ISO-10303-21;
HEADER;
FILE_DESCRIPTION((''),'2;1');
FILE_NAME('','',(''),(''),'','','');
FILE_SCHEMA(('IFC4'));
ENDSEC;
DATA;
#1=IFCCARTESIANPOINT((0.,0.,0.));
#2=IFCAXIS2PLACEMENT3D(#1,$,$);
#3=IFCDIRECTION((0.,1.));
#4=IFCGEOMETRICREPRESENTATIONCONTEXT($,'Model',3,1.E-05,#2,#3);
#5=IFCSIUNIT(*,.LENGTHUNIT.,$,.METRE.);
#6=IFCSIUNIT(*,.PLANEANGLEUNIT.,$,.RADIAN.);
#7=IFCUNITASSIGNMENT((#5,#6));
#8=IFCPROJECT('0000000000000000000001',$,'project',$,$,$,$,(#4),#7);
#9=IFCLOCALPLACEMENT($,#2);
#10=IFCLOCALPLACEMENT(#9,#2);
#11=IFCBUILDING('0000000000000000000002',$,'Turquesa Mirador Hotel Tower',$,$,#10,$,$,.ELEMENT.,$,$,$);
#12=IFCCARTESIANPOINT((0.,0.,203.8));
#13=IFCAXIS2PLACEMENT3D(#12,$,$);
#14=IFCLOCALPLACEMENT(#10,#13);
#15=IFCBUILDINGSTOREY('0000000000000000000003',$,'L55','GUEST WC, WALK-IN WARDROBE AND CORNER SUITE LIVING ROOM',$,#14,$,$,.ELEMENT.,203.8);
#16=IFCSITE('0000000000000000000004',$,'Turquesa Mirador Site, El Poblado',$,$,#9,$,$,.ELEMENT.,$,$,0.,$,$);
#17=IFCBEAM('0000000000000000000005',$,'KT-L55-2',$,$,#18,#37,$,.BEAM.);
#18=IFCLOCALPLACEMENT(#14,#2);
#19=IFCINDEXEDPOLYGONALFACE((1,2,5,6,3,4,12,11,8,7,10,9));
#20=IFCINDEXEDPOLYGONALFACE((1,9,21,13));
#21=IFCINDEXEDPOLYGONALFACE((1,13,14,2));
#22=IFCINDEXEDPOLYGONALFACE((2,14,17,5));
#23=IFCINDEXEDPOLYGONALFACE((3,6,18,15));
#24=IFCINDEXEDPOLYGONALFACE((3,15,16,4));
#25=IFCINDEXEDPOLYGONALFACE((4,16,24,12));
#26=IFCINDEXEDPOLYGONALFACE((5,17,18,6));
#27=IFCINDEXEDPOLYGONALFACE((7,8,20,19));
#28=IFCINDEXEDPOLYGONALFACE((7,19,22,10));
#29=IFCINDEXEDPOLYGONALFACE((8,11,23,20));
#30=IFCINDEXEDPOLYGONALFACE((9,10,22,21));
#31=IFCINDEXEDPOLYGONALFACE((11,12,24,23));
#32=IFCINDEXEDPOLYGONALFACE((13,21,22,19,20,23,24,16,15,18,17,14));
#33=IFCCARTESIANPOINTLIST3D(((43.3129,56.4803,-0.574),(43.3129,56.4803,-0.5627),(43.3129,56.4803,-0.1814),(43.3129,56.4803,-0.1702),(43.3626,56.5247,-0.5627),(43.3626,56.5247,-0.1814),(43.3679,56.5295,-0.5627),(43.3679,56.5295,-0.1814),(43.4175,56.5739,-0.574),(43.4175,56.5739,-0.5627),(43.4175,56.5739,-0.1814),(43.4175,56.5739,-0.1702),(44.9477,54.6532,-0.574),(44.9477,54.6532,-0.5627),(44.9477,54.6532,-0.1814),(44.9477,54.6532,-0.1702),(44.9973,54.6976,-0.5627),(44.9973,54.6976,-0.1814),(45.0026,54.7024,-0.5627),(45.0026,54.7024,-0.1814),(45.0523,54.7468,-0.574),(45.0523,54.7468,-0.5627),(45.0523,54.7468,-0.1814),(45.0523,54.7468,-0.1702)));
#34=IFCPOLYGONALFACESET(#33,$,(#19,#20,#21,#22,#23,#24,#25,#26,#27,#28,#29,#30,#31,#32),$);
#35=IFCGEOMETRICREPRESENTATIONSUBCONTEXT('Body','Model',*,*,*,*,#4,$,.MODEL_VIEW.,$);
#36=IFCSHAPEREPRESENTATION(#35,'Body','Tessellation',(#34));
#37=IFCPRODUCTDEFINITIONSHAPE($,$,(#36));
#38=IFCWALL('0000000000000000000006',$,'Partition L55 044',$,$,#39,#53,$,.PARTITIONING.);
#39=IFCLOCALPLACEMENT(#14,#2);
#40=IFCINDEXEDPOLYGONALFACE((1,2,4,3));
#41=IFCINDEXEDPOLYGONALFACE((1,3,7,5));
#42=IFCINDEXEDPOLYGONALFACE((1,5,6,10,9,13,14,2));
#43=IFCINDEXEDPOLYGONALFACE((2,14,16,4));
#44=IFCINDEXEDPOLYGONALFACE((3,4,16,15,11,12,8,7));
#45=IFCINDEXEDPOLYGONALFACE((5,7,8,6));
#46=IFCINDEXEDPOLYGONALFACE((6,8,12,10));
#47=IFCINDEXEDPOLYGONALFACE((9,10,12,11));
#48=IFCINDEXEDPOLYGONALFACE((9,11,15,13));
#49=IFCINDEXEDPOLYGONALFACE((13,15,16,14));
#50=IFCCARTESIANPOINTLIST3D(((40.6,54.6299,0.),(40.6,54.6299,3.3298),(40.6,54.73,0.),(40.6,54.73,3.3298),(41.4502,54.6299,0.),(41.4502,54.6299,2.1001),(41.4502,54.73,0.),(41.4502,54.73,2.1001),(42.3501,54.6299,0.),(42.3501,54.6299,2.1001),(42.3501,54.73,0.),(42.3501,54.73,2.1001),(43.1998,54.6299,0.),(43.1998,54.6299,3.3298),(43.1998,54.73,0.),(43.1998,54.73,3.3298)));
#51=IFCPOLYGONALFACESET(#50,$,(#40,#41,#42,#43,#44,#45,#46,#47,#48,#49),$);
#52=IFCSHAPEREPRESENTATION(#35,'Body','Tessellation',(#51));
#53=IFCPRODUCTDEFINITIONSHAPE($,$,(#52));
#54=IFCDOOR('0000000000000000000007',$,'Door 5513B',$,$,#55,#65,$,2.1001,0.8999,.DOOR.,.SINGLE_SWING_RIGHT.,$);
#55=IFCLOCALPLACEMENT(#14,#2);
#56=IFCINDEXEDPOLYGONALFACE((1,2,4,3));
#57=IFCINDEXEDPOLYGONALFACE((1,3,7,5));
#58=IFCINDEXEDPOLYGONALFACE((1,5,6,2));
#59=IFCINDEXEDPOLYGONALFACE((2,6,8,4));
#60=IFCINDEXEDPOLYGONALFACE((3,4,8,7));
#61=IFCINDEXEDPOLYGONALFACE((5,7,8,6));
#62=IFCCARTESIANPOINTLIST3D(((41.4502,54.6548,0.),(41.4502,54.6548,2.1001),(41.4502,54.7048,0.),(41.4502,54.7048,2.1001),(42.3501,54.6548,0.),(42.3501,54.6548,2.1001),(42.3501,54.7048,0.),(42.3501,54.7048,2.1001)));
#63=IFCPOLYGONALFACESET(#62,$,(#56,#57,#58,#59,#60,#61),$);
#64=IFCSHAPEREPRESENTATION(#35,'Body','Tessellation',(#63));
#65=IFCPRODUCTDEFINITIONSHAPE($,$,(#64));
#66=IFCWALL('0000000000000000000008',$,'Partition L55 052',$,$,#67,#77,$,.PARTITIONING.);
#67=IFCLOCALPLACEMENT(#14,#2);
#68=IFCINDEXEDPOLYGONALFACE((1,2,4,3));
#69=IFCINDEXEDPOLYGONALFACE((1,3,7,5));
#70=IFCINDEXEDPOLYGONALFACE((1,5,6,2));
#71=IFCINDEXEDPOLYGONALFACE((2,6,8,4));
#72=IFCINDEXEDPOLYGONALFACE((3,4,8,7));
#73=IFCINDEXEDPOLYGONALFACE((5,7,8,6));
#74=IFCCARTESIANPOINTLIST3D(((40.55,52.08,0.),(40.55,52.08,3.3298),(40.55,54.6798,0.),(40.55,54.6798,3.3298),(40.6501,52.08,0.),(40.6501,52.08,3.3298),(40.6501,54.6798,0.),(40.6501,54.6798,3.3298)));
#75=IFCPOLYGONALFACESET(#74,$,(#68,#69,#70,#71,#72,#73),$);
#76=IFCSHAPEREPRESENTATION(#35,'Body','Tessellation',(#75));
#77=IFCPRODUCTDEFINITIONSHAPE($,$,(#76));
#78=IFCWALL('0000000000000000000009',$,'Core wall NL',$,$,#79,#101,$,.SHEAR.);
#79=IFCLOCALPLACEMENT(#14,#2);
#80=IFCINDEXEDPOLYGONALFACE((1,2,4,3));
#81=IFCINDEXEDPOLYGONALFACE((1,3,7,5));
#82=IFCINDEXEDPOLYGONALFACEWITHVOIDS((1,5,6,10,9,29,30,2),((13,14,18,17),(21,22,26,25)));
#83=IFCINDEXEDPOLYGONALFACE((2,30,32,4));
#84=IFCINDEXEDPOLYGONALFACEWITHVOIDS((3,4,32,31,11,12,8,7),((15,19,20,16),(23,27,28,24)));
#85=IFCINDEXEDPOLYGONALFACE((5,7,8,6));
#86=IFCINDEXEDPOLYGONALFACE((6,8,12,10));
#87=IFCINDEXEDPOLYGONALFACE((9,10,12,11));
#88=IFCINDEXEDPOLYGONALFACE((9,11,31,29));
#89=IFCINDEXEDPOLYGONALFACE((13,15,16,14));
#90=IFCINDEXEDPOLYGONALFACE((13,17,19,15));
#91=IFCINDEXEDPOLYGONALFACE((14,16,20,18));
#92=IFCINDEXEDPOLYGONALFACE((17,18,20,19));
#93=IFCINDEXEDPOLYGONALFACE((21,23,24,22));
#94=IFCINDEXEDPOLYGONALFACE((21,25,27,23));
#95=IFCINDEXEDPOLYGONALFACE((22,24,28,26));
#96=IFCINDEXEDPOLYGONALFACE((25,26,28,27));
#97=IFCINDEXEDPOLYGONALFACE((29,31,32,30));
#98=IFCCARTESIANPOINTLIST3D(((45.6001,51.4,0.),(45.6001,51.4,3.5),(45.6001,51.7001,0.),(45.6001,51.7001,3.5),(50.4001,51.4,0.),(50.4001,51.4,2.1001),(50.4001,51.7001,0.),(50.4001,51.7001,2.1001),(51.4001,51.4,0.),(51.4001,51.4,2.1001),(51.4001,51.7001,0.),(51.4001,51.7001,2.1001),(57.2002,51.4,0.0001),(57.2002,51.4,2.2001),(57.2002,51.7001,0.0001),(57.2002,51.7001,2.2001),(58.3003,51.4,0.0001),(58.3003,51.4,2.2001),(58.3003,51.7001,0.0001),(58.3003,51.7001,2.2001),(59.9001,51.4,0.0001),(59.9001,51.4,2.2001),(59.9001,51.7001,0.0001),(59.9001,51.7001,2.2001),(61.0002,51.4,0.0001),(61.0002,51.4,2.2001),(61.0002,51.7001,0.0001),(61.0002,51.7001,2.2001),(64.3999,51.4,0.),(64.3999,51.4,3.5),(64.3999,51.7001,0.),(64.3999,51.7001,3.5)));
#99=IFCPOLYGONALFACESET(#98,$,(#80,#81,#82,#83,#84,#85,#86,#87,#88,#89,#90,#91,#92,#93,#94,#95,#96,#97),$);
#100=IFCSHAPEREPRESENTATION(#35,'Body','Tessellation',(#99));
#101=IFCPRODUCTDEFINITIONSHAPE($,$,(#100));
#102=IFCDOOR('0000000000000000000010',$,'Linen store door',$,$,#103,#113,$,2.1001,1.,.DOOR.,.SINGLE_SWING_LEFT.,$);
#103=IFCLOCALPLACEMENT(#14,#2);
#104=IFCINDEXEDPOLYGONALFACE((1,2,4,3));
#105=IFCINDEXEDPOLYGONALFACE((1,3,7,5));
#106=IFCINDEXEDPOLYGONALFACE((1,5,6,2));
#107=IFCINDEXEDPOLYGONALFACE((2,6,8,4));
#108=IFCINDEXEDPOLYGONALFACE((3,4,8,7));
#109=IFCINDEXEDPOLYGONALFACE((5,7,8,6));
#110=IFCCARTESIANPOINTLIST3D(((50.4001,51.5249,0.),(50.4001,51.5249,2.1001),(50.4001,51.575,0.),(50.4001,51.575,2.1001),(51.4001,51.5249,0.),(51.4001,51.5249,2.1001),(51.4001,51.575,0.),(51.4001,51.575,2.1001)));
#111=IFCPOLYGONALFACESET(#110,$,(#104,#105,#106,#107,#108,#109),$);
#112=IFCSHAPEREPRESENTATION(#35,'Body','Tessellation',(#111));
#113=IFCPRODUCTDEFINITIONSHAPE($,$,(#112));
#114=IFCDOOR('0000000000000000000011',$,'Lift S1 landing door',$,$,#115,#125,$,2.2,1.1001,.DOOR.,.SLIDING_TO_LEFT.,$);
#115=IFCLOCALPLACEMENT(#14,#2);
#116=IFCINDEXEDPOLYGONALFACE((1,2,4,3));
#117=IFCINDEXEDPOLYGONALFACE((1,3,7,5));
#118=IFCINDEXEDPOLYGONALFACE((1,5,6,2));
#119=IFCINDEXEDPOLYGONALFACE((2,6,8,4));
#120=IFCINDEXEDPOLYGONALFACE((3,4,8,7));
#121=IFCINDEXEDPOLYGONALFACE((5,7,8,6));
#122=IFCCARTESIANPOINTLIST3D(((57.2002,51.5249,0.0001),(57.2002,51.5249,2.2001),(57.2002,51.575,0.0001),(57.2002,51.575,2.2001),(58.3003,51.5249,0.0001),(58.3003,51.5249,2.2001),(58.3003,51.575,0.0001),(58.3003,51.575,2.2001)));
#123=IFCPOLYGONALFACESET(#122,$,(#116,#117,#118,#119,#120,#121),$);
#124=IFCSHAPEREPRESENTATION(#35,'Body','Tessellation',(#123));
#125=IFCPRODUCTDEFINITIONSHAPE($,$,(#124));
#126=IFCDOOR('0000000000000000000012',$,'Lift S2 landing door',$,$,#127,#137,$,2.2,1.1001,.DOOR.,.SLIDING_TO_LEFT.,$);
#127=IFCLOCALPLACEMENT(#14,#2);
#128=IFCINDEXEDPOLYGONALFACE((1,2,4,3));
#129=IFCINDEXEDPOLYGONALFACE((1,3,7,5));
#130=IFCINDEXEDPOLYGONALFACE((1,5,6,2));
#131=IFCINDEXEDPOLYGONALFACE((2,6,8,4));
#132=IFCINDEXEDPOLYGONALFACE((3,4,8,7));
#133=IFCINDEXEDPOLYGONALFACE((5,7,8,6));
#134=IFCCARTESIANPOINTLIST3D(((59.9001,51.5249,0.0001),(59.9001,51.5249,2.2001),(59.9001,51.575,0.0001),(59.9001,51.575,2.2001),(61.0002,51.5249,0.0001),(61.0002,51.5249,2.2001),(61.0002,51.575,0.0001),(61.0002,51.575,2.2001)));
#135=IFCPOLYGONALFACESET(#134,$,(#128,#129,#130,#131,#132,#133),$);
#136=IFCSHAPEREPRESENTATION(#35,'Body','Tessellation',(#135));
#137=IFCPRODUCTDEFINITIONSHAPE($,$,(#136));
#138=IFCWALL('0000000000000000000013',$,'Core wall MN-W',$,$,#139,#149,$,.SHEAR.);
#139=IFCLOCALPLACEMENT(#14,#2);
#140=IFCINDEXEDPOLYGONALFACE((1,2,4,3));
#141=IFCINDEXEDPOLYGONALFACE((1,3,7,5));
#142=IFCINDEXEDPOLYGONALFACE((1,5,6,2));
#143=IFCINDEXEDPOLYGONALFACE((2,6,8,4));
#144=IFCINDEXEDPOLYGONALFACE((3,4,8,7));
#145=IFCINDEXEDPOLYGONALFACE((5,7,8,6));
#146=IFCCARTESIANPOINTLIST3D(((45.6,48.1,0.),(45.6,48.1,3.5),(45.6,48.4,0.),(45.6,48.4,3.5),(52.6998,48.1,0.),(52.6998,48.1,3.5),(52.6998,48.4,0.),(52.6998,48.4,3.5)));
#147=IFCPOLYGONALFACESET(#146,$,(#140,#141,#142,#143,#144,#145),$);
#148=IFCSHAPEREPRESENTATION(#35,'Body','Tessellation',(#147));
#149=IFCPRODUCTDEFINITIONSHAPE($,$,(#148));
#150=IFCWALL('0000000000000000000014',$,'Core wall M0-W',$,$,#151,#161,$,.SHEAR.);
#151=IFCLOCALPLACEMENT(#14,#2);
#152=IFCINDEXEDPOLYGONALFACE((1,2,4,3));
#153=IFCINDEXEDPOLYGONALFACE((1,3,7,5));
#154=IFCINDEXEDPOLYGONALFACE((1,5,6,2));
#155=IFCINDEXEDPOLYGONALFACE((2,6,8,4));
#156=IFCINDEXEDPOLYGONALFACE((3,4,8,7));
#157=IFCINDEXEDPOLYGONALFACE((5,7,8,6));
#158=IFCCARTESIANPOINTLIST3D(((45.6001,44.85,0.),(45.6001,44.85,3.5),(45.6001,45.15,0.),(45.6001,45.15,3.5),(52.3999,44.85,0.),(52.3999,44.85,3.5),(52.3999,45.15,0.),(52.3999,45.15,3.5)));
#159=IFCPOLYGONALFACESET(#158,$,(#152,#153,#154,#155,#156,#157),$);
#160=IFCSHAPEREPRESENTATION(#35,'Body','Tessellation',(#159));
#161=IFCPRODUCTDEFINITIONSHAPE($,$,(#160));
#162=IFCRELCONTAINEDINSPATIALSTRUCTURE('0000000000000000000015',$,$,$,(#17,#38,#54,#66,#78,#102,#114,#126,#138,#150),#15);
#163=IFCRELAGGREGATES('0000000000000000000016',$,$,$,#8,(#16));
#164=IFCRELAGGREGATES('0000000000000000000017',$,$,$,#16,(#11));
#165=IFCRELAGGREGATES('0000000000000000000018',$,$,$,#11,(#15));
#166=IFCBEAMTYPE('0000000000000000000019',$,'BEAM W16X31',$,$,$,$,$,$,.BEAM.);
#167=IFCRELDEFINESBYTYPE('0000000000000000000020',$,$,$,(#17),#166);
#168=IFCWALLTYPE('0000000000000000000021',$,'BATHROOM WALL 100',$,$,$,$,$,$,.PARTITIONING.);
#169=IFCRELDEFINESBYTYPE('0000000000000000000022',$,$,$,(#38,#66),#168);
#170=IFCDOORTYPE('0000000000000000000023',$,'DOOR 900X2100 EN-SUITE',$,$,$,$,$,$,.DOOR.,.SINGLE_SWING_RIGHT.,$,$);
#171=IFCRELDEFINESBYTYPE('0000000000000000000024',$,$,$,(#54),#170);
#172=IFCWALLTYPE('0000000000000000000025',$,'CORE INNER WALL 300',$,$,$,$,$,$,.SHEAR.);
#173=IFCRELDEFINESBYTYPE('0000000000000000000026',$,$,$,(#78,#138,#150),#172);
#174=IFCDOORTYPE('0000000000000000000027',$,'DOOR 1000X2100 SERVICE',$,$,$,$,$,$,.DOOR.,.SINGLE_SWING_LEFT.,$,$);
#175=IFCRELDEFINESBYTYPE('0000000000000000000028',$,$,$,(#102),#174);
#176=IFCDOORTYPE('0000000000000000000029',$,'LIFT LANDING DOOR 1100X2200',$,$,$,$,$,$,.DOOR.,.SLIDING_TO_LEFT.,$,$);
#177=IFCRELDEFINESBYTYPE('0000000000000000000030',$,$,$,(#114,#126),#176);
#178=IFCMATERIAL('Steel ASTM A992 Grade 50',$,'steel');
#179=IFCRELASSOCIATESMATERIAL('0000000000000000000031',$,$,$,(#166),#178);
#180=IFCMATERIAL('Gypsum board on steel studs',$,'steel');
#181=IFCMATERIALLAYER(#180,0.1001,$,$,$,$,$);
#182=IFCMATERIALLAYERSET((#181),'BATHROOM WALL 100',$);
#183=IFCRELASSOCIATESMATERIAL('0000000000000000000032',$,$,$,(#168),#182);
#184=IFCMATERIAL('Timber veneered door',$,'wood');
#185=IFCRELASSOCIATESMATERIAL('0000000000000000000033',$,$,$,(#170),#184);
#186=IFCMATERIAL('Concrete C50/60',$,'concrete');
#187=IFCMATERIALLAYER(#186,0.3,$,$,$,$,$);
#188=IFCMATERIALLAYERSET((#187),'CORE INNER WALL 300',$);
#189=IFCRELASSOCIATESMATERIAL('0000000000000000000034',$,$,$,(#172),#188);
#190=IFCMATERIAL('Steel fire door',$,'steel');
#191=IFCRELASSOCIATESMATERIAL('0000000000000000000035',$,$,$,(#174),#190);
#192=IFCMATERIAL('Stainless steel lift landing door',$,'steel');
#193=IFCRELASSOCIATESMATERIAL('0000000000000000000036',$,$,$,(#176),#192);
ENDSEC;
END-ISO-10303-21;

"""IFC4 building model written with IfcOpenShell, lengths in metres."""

from ifc_helpers import new_model, si_unit, direction, frame, frame_2d, origin, origin_2d, place, context, subcontext, project, spatial, rectangle, i_section, extrude, material, layer, layer_set, material_profile, profile_set, type_object, element, fill, save


model = new_model("IFC4")

# Units and contexts
model_context = context("Model", 3, precision=1e-05, world=origin(), true_north=direction((0.0, 1.0)))
body_context = subcontext(model_context, "Body", "Model", "MODEL_VIEW")
ifc_project = project(units=[si_unit("LENGTHUNIT", "METRE"), si_unit("PLANEANGLEUNIT", "RADIAN")], contexts=[model_context])

# Site, building, storey
site_placement = place(None, origin())
site = spatial("IfcSite", under=ifc_project, at=site_placement, Name="Turquesa Mirador Site, El Poblado", CompositionType="ELEMENT", RefElevation=0.0)
building_placement = place(site_placement, origin())
building = spatial("IfcBuilding", under=site, at=building_placement, Name="Turquesa Mirador Hotel Tower", CompositionType="ELEMENT")
storey_placement = place(building_placement, frame((0.0, 0.0, 203.8)))
storey = spatial("IfcBuildingStorey", under=building, at=storey_placement, Name="L55", Description="GUEST WC, WALK-IN WARDROBE AND CORNER SUITE LIVING ROOM", CompositionType="ELEMENT", Elevation=203.8)

# Beam
ifc_material_1 = material(Name="Steel ASTM A992 Grade 50", Category="steel")
ifc_material_profile = material_profile(ifc_material_1, i_section(OverallWidth=0.1404, OverallDepth=0.4038, WebThickness=0.0071, FlangeThickness=0.0112, at=origin_2d()), Name="W16X31")
ifc_profile_set = profile_set([ifc_material_profile], Name="Steel ASTM A992 Grade 50")
beam_type = type_object("IfcBeamType", Name="BEAM W16X31", PredefinedType="BEAM", material=ifc_profile_set)
beam_placement = place(storey_placement, frame((43.3652, 56.5271, -0.3721), z_axis=(0.666783, -0.745252, 0.0), x_axis=(0.745252, 0.666783, 0.0)))
element("IfcBeam", 1, at=beam_placement, inside=storey, type_object=beam_type, Name="KT-L55-2", PredefinedType="BEAM", context=body_context, shape_type="SweptSolid", body=[
    extrude(i_section(OverallWidth=0.1404, OverallDepth=0.4038, WebThickness=0.0071, FlangeThickness=0.0112, at=origin_2d()), origin(), (0.0, 0.0, 1.0), 2.4517),
])

# Wall, opening, door
ifc_material_2 = material(Name="Gypsum board on steel studs", Category="steel")
ifc_layer_1 = layer(ifc_material_2, 0.1001)
ifc_layer_set_1 = layer_set([ifc_layer_1], Name="BATHROOM WALL 100")
wall_type_1 = type_object("IfcWallType", Name="BATHROOM WALL 100", PredefinedType="PARTITIONING", material=ifc_layer_set_1)
wall_1_placement = place(storey_placement, frame((40.6001, 54.6799, 0.0), z_axis=(0.0, 0.0, 1.0), x_axis=(1.0, 0.0, 0.0)))
wall_1 = element("IfcWall", 2, at=wall_1_placement, inside=storey, type_object=wall_type_1, Name="Partition L55 044", PredefinedType="PARTITIONING", context=body_context, shape_type="SweptSolid", body=[
    extrude(rectangle(XDim=2.5999, YDim=0.1001, at=frame_2d((1.2998, 0.0))), origin(), (0.0, 0.0, 1.0), 3.3298),
])
opening_1_placement = place(wall_1_placement, frame((0.8501, 0.0, 0.0)))
opening_1 = element("IfcOpeningElement", 3, at=opening_1_placement, cuts=wall_1, PredefinedType="OPENING", context=body_context, shape_type="SweptSolid", body=[
    extrude(rectangle(XDim=0.8999, YDim=2.1001, at=frame_2d((0.45, 1.05))), frame((0.0, 0.0601, 0.0), z_axis=(0.0, -1.0, 0.0), x_axis=(1.0, 0.0, 0.0)), (0.0, 0.0, 1.0), 0.1201),
])
ifc_material_3 = material(Name="Timber veneered door", Category="wood")
door_type_1 = type_object("IfcDoorType", Name="DOOR 900X2100 EN-SUITE", OperationType="SINGLE_SWING_RIGHT", PredefinedType="DOOR", material=ifc_material_3)
door_1_placement = place(opening_1_placement, origin())
door_1 = element("IfcDoor", 4, at=door_1_placement, inside=storey, type_object=door_type_1, Name="Door 5513B", OperationType="SINGLE_SWING_RIGHT", OverallHeight=2.1001, OverallWidth=0.8999, PredefinedType="DOOR", context=body_context, shape_type="SweptSolid", body=[
    extrude(rectangle(XDim=0.8999, YDim=2.1001, at=frame_2d((0.45, 1.05))), frame((0.0, 0.0249, 0.0), z_axis=(0.0, -1.0, 0.0), x_axis=(1.0, 0.0, 0.0)), (0.0, 0.0, 1.0), 0.05),
])
fill(opening_1, door_1)

# Wall
wall_2_placement = place(storey_placement, frame((40.6001, 52.0801, 0.0), z_axis=(0.0, 0.0, 1.0), x_axis=(0.0, 1.0, 0.0)))
element("IfcWall", 5, at=wall_2_placement, inside=storey, type_object=wall_type_1, Name="Partition L55 052", PredefinedType="PARTITIONING", context=body_context, shape_type="SweptSolid", body=[
    extrude(rectangle(XDim=2.5999, YDim=0.1001, at=frame_2d((1.2998, 0.0))), origin(), (0.0, 0.0, 1.0), 3.3298),
])

# Wall, openings, doors
ifc_material_4 = material(Name="Concrete C50/60", Category="concrete")
ifc_layer_2 = layer(ifc_material_4, 0.3)
ifc_layer_set_2 = layer_set([ifc_layer_2], Name="CORE INNER WALL 300")
wall_type_2 = type_object("IfcWallType", Name="CORE INNER WALL 300", PredefinedType="SHEAR", material=ifc_layer_set_2)
wall_3_placement = place(storey_placement, frame((45.6001, 51.55, 0.0), z_axis=(0.0, 0.0, 1.0), x_axis=(1.0, 0.0, 0.0)))
wall_3 = element("IfcWall", 6, at=wall_3_placement, inside=storey, type_object=wall_type_2, Name="Core wall NL", PredefinedType="SHEAR", context=body_context, shape_type="SweptSolid", body=[
    extrude(rectangle(XDim=18.7998, YDim=0.3, at=frame_2d((9.3999, 0.0))), origin(), (0.0, 0.0, 1.0), 3.5),
])
opening_2_placement = place(wall_3_placement, frame((4.8, 0.0, 0.0)))
opening_2 = element("IfcOpeningElement", 7, at=opening_2_placement, cuts=wall_3, PredefinedType="OPENING", context=body_context, shape_type="SweptSolid", body=[
    extrude(rectangle(XDim=1.0, YDim=2.1001, at=frame_2d((0.5, 1.05))), frame((0.0, 0.1599, 0.0), z_axis=(0.0, -1.0, 0.0), x_axis=(1.0, 0.0, 0.0)), (0.0, 0.0, 1.0), 0.3201),
])
opening_3_placement = place(wall_3_placement, frame((11.6001, 0.0, 0.0)))
opening_3 = element("IfcOpeningElement", 8, at=opening_3_placement, cuts=wall_3, PredefinedType="OPENING", context=body_context, shape_type="SweptSolid", body=[
    extrude(rectangle(XDim=1.1001, YDim=2.2, at=frame_2d((0.55, 1.1001))), frame((0.0, 0.1599, 0.0), z_axis=(0.0, -1.0, 0.0), x_axis=(1.0, 0.0, 0.0)), (0.0, 0.0, 1.0), 0.3201),
])
opening_4_placement = place(wall_3_placement, frame((14.3, 0.0, 0.0)))
opening_4 = element("IfcOpeningElement", 9, at=opening_4_placement, cuts=wall_3, PredefinedType="OPENING", context=body_context, shape_type="SweptSolid", body=[
    extrude(rectangle(XDim=1.1001, YDim=2.2, at=frame_2d((0.55, 1.1001))), frame((0.0, 0.1599, 0.0), z_axis=(0.0, -1.0, 0.0), x_axis=(1.0, 0.0, 0.0)), (0.0, 0.0, 1.0), 0.3201),
])
ifc_material_5 = material(Name="Steel fire door", Category="steel")
door_type_2 = type_object("IfcDoorType", Name="DOOR 1000X2100 SERVICE", OperationType="SINGLE_SWING_LEFT", PredefinedType="DOOR", material=ifc_material_5)
door_2_placement = place(opening_2_placement, origin())
door_2 = element("IfcDoor", 10, at=door_2_placement, inside=storey, type_object=door_type_2, Name="Linen store door", OperationType="SINGLE_SWING_LEFT", OverallHeight=2.1001, OverallWidth=1.0, PredefinedType="DOOR", context=body_context, shape_type="SweptSolid", body=[
    extrude(rectangle(XDim=1.0, YDim=2.1001, at=frame_2d((0.5, 1.05))), frame((0.0, 0.0249, 0.0), z_axis=(0.0, -1.0, 0.0), x_axis=(1.0, 0.0, 0.0)), (0.0, 0.0, 1.0), 0.05),
])
fill(opening_2, door_2)
ifc_material_6 = material(Name="Stainless steel lift landing door", Category="steel")
door_type_3 = type_object("IfcDoorType", Name="LIFT LANDING DOOR 1100X2200", OperationType="SLIDING_TO_LEFT", PredefinedType="DOOR", material=ifc_material_6)
door_3_placement = place(opening_3_placement, origin())
door_3 = element("IfcDoor", 11, at=door_3_placement, inside=storey, type_object=door_type_3, Name="Lift S1 landing door", OperationType="SLIDING_TO_LEFT", OverallHeight=2.2, OverallWidth=1.1001, PredefinedType="DOOR", context=body_context, shape_type="SweptSolid", body=[
    extrude(rectangle(XDim=1.1001, YDim=2.2, at=frame_2d((0.55, 1.1001))), frame((0.0, 0.0249, 0.0), z_axis=(0.0, -1.0, 0.0), x_axis=(1.0, 0.0, 0.0)), (0.0, 0.0, 1.0), 0.05),
])
fill(opening_3, door_3)
door_4_placement = place(opening_4_placement, origin())
door_4 = element("IfcDoor", 12, at=door_4_placement, inside=storey, type_object=door_type_3, Name="Lift S2 landing door", OperationType="SLIDING_TO_LEFT", OverallHeight=2.2, OverallWidth=1.1001, PredefinedType="DOOR", context=body_context, shape_type="SweptSolid", body=[
    extrude(rectangle(XDim=1.1001, YDim=2.2, at=frame_2d((0.55, 1.1001))), frame((0.0, 0.0249, 0.0), z_axis=(0.0, -1.0, 0.0), x_axis=(1.0, 0.0, 0.0)), (0.0, 0.0, 1.0), 0.05),
])
fill(opening_4, door_4)

# Walls
wall_4_placement = place(storey_placement, frame((45.6001, 48.25, 0.0), z_axis=(0.0, 0.0, 1.0), x_axis=(1.0, 0.0, 0.0)))
element("IfcWall", 13, at=wall_4_placement, inside=storey, type_object=wall_type_2, Name="Core wall MN-W", PredefinedType="SHEAR", context=body_context, shape_type="SweptSolid", body=[
    extrude(rectangle(XDim=7.0999, YDim=0.3, at=frame_2d((3.5498, 0.0))), origin(), (0.0, 0.0, 1.0), 3.5),
])
wall_5_placement = place(storey_placement, frame((45.6001, 45.0, 0.0), z_axis=(0.0, 0.0, 1.0), x_axis=(1.0, 0.0, 0.0)))
element("IfcWall", 14, at=wall_5_placement, inside=storey, type_object=wall_type_2, Name="Core wall M0-W", PredefinedType="SHEAR", context=body_context, shape_type="SweptSolid", body=[
    extrude(rectangle(XDim=6.7998, YDim=0.3, at=frame_2d((3.3999, 0.0))), origin(), (0.0, 0.0, 1.0), 3.5),
])

save(model, "model.ifc")
